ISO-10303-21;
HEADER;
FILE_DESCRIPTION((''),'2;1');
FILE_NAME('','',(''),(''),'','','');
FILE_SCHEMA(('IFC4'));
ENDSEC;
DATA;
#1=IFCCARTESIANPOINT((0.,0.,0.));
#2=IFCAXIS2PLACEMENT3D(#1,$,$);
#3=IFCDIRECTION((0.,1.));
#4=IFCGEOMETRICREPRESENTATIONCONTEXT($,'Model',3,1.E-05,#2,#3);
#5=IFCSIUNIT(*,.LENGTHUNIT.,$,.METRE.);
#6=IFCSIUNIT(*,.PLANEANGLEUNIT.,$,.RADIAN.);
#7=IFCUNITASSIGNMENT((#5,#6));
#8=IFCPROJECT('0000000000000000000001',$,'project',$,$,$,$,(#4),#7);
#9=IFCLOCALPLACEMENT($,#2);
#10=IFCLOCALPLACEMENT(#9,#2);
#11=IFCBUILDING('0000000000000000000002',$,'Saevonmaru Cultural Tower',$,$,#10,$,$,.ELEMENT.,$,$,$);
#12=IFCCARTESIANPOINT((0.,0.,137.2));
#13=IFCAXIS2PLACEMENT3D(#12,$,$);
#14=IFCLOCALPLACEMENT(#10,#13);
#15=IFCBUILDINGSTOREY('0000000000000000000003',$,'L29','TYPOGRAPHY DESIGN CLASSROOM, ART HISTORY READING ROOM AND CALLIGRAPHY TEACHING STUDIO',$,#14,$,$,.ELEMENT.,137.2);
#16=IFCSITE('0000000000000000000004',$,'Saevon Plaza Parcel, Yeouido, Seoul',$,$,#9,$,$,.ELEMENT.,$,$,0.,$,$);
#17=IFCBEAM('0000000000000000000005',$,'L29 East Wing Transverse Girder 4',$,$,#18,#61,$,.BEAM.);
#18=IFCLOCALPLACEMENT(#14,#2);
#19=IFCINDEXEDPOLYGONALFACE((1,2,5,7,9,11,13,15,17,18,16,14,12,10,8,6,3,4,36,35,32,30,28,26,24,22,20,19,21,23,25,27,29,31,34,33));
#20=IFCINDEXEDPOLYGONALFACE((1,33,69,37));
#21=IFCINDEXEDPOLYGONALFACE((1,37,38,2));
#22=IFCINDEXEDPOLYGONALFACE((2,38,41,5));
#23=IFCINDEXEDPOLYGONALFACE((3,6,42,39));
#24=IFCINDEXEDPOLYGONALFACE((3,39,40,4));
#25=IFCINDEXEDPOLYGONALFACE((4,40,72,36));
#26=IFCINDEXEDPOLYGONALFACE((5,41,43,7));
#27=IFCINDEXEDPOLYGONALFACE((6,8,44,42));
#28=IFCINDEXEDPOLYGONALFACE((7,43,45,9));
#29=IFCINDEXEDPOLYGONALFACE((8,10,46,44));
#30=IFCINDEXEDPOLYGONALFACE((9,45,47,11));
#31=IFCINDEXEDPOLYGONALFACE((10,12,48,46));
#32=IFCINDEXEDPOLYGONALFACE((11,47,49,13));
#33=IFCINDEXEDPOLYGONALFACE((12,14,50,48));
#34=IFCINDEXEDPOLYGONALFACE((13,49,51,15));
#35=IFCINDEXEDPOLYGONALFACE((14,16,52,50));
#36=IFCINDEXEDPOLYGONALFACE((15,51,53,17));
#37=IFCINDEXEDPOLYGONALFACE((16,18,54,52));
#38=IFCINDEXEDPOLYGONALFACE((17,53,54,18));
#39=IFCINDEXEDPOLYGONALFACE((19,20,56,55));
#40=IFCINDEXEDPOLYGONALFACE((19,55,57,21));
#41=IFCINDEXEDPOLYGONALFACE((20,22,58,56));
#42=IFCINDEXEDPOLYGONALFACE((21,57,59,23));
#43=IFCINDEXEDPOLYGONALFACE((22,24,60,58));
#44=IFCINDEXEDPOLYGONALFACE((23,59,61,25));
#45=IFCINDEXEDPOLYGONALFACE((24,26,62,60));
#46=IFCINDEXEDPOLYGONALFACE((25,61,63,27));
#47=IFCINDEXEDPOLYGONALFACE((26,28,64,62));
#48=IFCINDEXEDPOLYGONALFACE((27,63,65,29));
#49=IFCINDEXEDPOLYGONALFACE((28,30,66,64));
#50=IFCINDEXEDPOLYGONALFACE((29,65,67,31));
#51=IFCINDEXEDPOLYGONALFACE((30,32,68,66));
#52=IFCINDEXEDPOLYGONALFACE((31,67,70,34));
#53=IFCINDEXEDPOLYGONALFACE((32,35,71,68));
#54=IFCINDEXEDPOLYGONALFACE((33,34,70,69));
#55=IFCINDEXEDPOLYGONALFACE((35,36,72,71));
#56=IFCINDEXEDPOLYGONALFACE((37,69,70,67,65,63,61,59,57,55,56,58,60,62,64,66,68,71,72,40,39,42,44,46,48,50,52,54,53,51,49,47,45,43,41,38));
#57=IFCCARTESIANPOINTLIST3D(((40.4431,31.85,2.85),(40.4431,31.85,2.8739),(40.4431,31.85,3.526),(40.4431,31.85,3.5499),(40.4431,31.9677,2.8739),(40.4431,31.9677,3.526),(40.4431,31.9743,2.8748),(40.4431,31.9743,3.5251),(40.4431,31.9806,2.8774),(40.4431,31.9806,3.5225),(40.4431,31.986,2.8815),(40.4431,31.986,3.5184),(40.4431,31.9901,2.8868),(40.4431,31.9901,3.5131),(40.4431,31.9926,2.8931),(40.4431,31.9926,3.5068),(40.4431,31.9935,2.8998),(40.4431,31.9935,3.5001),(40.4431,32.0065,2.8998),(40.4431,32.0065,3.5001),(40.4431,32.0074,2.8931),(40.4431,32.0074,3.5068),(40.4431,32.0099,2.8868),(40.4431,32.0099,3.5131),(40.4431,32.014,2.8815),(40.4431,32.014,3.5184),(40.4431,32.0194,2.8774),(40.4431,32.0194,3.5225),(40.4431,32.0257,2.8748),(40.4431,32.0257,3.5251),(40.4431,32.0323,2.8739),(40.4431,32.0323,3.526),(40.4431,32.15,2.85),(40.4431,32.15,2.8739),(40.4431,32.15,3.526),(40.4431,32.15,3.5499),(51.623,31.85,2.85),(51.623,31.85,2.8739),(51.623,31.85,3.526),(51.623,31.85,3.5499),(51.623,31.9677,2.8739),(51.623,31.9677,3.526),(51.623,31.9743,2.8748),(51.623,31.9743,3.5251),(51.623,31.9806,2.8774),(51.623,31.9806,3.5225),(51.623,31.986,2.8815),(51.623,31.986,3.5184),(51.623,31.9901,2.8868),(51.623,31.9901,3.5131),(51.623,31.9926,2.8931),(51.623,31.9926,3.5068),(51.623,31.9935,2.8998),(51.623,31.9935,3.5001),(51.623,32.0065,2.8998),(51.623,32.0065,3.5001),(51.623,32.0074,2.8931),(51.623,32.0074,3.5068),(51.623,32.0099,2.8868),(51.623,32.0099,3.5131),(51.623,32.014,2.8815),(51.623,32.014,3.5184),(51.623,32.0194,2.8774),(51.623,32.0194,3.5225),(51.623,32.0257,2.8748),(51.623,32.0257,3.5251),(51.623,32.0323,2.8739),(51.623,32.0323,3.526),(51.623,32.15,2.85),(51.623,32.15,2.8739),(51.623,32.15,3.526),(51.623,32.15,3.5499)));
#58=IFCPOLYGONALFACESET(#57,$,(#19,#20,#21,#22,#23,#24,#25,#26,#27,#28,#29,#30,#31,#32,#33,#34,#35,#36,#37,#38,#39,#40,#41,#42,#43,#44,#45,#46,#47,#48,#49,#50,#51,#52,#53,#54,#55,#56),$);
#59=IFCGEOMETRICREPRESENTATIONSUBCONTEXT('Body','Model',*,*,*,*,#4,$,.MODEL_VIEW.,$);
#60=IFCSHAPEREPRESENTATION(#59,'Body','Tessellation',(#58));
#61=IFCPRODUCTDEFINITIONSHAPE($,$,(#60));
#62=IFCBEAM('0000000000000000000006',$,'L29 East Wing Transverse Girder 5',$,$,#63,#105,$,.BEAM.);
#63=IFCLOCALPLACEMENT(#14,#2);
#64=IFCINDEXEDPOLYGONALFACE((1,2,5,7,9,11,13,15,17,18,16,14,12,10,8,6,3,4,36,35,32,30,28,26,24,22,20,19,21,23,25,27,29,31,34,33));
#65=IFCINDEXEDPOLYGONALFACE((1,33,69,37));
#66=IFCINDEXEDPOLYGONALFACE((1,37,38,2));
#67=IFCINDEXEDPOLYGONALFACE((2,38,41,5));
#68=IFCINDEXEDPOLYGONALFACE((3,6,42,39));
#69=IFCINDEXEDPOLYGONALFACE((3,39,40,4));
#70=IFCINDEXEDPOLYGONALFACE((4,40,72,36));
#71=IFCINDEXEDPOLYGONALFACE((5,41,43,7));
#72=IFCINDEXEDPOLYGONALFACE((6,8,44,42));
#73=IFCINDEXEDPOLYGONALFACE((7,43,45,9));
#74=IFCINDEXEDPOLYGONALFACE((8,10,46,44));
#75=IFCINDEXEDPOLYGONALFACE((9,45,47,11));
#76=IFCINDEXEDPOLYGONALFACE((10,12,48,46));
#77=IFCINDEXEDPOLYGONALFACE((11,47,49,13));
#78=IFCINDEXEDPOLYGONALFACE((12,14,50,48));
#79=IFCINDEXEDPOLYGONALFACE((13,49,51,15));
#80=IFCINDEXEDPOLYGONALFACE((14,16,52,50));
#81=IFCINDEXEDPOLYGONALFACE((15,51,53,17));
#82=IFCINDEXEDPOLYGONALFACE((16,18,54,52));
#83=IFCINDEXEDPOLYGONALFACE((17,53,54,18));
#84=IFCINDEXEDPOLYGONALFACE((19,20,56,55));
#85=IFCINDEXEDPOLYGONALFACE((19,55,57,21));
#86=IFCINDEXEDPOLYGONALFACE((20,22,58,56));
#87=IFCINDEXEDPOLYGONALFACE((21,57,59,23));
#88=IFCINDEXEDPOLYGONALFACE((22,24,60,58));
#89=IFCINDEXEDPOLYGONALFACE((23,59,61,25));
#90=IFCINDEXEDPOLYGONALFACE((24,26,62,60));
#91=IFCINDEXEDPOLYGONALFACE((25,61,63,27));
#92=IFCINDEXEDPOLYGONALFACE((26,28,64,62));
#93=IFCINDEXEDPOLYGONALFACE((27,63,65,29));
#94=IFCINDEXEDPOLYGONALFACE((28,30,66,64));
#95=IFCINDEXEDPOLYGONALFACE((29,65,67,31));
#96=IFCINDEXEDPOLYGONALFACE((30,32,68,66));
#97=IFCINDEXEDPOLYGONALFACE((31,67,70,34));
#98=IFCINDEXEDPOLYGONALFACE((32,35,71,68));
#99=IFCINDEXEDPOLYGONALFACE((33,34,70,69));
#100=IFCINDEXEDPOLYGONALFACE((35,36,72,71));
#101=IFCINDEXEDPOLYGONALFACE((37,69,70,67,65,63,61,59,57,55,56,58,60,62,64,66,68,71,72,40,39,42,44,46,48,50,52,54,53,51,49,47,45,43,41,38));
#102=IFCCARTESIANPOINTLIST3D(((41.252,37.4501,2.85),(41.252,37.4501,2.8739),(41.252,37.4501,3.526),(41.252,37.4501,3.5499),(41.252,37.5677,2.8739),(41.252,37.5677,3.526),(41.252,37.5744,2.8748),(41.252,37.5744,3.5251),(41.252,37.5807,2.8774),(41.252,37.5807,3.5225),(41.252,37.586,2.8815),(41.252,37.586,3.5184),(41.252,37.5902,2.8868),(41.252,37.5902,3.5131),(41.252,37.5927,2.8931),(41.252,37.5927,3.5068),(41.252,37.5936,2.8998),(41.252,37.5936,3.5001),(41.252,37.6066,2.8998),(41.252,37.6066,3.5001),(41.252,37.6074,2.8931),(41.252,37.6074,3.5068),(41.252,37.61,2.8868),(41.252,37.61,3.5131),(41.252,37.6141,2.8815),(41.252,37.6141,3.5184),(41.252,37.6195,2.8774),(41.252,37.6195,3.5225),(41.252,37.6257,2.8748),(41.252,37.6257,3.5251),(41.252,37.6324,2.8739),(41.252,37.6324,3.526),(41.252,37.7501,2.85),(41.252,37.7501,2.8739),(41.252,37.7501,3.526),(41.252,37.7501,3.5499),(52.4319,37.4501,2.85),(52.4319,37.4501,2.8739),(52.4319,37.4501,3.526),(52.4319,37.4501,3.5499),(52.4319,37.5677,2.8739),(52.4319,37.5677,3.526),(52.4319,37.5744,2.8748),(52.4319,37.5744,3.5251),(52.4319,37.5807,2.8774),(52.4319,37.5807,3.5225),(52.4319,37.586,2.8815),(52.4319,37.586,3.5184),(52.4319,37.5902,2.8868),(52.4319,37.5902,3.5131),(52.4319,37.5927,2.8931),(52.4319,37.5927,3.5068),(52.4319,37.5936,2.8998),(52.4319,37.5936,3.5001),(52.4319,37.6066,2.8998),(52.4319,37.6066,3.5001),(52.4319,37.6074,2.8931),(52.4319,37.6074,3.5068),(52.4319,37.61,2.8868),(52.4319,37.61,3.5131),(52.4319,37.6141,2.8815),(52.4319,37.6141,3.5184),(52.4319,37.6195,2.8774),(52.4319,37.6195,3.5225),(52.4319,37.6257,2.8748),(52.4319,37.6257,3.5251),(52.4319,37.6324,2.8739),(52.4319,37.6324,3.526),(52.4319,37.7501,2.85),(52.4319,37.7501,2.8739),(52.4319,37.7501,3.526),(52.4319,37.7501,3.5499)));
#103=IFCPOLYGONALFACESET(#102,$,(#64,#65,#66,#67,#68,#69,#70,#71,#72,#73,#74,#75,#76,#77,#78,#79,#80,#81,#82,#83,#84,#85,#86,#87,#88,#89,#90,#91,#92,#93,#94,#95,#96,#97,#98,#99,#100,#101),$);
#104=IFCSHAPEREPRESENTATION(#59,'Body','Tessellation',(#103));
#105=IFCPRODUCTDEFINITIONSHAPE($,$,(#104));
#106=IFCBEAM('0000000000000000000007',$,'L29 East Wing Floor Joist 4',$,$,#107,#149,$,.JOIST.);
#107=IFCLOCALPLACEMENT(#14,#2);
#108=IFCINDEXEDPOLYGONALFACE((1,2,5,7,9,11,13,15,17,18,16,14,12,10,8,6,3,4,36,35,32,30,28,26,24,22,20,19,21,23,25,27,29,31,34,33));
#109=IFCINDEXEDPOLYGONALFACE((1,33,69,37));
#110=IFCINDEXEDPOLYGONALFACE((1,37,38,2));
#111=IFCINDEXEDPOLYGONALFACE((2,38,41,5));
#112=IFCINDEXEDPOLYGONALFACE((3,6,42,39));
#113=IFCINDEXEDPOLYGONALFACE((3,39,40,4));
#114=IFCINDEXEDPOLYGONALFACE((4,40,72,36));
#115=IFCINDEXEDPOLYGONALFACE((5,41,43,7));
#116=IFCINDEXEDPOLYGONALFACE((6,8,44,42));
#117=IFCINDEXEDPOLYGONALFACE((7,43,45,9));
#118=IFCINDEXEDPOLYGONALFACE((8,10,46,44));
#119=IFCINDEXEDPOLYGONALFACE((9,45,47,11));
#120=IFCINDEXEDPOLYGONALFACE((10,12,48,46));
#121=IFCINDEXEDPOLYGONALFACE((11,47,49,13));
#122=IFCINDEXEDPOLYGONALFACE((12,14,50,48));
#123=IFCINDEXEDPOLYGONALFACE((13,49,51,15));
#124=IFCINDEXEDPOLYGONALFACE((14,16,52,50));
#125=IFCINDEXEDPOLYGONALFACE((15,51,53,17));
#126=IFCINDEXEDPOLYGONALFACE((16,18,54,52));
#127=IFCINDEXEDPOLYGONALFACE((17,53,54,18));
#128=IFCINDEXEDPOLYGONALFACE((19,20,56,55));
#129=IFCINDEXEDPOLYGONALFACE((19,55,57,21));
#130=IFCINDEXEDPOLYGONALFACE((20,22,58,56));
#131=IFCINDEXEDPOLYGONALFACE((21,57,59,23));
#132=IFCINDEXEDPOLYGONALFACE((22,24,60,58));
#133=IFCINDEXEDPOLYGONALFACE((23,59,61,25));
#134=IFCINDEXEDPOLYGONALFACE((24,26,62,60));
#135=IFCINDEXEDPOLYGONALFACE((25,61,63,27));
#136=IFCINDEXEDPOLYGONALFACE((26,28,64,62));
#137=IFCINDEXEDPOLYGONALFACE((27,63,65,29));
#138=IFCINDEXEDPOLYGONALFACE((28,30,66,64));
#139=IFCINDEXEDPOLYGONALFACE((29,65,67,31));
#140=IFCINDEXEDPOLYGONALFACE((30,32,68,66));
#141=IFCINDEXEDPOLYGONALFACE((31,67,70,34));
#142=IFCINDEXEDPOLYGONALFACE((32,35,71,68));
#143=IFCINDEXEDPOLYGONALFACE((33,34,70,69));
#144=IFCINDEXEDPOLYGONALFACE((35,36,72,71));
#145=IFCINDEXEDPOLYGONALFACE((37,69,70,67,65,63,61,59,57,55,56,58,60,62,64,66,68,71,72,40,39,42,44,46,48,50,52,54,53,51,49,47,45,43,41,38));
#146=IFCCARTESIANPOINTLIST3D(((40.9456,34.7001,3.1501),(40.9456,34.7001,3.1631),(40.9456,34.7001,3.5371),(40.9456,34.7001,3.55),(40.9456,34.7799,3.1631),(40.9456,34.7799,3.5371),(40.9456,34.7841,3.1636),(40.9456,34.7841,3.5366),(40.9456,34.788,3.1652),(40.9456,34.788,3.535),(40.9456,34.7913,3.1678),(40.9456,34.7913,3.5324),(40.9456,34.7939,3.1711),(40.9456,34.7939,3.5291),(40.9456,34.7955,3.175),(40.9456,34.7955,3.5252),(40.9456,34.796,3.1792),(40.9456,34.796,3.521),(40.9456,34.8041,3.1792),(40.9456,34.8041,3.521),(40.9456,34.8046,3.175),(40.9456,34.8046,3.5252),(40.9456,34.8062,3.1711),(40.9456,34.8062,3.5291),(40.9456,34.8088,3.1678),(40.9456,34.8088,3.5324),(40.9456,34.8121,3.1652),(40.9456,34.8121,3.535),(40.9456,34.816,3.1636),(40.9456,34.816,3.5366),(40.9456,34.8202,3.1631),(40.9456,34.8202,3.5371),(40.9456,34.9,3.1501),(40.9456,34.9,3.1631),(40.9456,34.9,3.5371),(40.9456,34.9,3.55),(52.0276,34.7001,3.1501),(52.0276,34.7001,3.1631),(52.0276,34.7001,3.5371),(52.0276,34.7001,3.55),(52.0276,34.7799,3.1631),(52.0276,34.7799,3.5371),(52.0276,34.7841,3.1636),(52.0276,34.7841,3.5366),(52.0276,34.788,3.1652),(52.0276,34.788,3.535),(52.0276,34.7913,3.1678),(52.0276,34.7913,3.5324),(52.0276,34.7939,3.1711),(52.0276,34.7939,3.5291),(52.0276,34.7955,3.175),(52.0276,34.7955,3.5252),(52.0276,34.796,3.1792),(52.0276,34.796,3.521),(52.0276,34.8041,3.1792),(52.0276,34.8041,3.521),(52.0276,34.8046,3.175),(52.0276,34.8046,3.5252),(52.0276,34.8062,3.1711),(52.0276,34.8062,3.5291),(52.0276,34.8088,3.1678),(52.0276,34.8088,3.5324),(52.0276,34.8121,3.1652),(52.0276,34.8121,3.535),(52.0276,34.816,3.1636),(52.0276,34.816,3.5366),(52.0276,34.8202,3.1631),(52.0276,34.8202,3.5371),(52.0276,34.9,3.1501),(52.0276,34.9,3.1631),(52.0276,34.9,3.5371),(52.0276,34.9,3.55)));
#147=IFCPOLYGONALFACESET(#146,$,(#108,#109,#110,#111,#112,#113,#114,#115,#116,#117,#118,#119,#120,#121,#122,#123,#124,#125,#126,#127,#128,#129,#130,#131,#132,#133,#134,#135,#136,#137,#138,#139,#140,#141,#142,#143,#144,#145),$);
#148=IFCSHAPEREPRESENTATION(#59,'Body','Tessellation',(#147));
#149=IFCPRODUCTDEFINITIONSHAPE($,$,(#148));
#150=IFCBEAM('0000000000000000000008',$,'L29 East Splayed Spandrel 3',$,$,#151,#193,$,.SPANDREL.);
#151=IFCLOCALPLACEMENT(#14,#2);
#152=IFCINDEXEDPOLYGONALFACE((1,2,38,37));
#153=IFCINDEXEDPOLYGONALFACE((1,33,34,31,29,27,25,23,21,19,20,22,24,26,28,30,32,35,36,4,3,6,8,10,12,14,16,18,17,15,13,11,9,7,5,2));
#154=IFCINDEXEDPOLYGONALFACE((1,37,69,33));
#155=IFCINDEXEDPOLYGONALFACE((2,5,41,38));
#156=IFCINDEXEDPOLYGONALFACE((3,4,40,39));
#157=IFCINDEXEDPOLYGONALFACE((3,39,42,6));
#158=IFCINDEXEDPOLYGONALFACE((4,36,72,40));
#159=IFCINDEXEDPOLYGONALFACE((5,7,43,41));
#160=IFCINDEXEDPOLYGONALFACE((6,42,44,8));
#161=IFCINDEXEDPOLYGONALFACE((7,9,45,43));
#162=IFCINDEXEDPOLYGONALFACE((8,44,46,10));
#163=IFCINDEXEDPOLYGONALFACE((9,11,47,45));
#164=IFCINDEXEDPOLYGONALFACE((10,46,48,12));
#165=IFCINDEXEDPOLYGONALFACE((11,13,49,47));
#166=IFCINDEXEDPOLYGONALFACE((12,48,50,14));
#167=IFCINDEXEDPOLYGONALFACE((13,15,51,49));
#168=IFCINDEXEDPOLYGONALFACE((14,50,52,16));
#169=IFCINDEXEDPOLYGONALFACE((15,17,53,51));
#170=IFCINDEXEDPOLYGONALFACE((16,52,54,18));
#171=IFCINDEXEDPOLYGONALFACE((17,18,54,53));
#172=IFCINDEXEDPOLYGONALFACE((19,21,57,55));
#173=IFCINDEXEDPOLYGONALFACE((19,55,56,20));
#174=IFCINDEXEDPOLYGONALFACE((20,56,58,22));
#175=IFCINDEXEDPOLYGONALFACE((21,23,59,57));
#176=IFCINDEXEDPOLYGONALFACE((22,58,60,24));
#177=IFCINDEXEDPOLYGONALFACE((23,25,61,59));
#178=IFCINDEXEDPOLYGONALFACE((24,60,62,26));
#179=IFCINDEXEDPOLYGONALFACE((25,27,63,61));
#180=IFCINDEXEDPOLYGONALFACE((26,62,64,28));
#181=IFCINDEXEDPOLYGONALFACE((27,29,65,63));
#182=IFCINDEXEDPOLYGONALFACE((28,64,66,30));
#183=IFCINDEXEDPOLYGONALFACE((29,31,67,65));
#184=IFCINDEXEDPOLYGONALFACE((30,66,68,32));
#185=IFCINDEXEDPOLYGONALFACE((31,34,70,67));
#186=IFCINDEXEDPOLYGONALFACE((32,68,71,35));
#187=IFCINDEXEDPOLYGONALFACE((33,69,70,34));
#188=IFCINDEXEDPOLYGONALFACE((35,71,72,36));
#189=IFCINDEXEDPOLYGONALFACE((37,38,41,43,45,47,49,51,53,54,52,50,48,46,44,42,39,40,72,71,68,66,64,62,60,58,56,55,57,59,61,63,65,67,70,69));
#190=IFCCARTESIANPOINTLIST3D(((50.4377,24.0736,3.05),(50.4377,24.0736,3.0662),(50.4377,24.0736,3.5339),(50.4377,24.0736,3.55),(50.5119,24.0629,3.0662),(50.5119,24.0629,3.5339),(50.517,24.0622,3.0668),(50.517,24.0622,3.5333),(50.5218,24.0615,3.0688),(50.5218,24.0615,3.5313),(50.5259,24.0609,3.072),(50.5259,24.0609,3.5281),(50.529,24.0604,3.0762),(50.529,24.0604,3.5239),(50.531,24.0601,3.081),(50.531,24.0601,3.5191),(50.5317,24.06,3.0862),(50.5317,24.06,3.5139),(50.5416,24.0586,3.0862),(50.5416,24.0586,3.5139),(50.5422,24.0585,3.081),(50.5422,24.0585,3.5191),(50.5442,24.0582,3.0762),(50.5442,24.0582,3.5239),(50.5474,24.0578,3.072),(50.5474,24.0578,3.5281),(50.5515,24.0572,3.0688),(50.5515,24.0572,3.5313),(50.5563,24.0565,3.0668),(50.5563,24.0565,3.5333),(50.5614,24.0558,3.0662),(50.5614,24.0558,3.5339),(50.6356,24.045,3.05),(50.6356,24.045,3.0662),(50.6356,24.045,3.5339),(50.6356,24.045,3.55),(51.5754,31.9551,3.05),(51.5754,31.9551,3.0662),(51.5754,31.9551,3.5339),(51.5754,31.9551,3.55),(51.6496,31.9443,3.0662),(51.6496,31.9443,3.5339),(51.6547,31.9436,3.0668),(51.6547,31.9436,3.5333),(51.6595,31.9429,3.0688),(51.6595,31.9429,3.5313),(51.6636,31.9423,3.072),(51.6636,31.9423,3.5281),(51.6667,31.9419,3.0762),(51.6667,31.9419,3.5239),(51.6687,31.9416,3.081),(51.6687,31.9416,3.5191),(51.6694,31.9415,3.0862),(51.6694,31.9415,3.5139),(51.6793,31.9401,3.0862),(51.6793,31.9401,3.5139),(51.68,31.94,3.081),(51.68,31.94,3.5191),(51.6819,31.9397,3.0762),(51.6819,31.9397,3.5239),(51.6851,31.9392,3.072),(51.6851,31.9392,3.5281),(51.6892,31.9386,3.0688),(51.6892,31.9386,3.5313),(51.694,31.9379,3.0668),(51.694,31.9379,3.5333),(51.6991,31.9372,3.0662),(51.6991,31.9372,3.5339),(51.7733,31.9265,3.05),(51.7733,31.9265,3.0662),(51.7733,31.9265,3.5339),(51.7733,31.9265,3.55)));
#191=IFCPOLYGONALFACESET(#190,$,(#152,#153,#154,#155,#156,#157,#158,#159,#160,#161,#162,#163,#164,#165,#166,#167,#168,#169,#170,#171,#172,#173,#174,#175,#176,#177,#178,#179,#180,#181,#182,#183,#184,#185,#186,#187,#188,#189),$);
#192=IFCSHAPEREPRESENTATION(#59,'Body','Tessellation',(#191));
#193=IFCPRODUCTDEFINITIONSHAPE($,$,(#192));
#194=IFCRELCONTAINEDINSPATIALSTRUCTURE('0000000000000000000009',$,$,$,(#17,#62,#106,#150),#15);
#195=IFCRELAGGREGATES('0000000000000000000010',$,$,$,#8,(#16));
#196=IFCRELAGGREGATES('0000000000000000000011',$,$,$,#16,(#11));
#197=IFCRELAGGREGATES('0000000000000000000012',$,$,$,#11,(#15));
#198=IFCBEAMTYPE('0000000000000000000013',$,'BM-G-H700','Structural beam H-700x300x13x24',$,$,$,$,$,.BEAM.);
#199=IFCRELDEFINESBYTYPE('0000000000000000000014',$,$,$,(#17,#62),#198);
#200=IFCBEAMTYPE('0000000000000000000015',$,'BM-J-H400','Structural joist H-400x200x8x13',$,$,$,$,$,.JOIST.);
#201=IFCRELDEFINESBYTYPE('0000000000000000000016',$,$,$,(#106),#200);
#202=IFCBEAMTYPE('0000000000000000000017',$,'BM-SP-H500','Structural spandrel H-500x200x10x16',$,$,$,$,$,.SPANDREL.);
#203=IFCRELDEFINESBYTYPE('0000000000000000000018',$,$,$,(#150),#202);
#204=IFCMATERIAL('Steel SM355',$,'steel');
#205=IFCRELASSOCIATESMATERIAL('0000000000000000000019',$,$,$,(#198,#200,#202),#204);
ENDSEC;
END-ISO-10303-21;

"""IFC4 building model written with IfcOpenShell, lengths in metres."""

from ifc_helpers import new_model, si_unit, direction, frame, origin, origin_2d, place, context, subcontext, project, spatial, i_section, extrude, material, material_profile, profile_set, type_object, element, save


model = new_model("IFC4")

# Units and contexts
model_context = context("Model", 3, precision=1e-05, world=origin(), true_north=direction((0.0, 1.0)))
body_context = subcontext(model_context, "Body", "Model", "MODEL_VIEW")
ifc_project = project(units=[si_unit("LENGTHUNIT", "METRE"), si_unit("PLANEANGLEUNIT", "RADIAN")], contexts=[model_context])

# Site, building, storey
site_placement = place(None, origin())
site = spatial("IfcSite", under=ifc_project, at=site_placement, Name="Saevon Plaza Parcel, Yeouido, Seoul", CompositionType="ELEMENT", RefElevation=0.0)
building_placement = place(site_placement, origin())
building = spatial("IfcBuilding", under=site, at=building_placement, Name="Saevonmaru Cultural Tower", CompositionType="ELEMENT")
storey_placement = place(building_placement, frame((0.0, 0.0, 137.2)))
storey = spatial("IfcBuildingStorey", under=building, at=storey_placement, Name="L29", Description="TYPOGRAPHY DESIGN CLASSROOM, ART HISTORY READING ROOM AND CALLIGRAPHY TEACHING STUDIO", CompositionType="ELEMENT", Elevation=137.2)

# Shared definitions
ifc_material_1 = material(Name="Steel SM355", Category="steel")

# Beams
ifc_material_profile_1 = material_profile(ifc_material_1, i_section(OverallWidth=0.3, OverallDepth=0.7, WebThickness=0.0129, FlangeThickness=0.0239, FilletRadius=0.0259, at=origin_2d()), Name="H-700x300x13x24")
ifc_profile_set_1 = profile_set([ifc_material_profile_1], Name="Steel SM355")
beam_type_1 = type_object("IfcBeamType", Name="BM-G-H700", Description="Structural beam H-700x300x13x24", PredefinedType="BEAM", material=ifc_profile_set_1)
for number, where, z_axis, x_axis, name in (
    (1, (40.4431, 32.0, 3.2), (1.0, 0.0, 0.0), (0.0, 1.0, 0.0), "L29 East Wing Transverse Girder 4"),
    (2, (41.252, 37.6001, 3.2), (1.0, 0.0, 0.0), (0.0, 1.0, 0.0), "L29 East Wing Transverse Girder 5"),
):
    element("IfcBeam", number, at=place(storey_placement, frame(where, z_axis=z_axis, x_axis=x_axis)), inside=storey, type_object=beam_type_1, Name=name, PredefinedType="BEAM", context=body_context, shape_type="SweptSolid", body=[
        extrude(i_section(OverallWidth=0.3, OverallDepth=0.7, WebThickness=0.0129, FlangeThickness=0.0239, FilletRadius=0.0259, at=origin_2d()), origin(), (0.0, 0.0, 1.0), 11.1799),
    ])
ifc_material_profile_2 = material_profile(ifc_material_1, i_section(OverallWidth=0.2, OverallDepth=0.3999, WebThickness=0.0081, FlangeThickness=0.0129, FilletRadius=0.0161, at=origin_2d()), Name="H-400x200x8x13")
ifc_profile_set_2 = profile_set([ifc_material_profile_2], Name="Steel SM355")
beam_type_2 = type_object("IfcBeamType", Name="BM-J-H400", Description="Structural joist H-400x200x8x13", PredefinedType="JOIST", material=ifc_profile_set_2)
beam_1_placement = place(storey_placement, frame((40.9456, 34.8, 3.3501), z_axis=(1.0, 0.0, 0.0), x_axis=(0.0, 1.0, 0.0)))
element("IfcBeam", 3, at=beam_1_placement, inside=storey, type_object=beam_type_2, Name="L29 East Wing Floor Joist 4", PredefinedType="JOIST", context=body_context, shape_type="SweptSolid", body=[
    extrude(i_section(OverallWidth=0.2, OverallDepth=0.3999, WebThickness=0.0081, FlangeThickness=0.0129, FilletRadius=0.0161, at=origin_2d()), origin(), (0.0, 0.0, 1.0), 11.082),
])
ifc_material_profile_3 = material_profile(ifc_material_1, i_section(OverallWidth=0.2, OverallDepth=0.5, WebThickness=0.01, FlangeThickness=0.0161, FilletRadius=0.02, at=origin_2d()), Name="H-500x200x10x16")
ifc_profile_set_3 = profile_set([ifc_material_profile_3], Name="Steel SM355")
beam_type_3 = type_object("IfcBeamType", Name="BM-SP-H500", Description="Structural spandrel H-500x200x10x16", PredefinedType="SPANDREL", material=ifc_profile_set_3)
beam_2_placement = place(storey_placement, frame((50.5366, 24.0593, 3.3), z_axis=(0.142872, 0.989741, 0.0), x_axis=(-0.989741, 0.142872, 0.0)))
element("IfcBeam", 4, at=beam_2_placement, inside=storey, type_object=beam_type_3, Name="L29 East Splayed Spandrel 3", PredefinedType="SPANDREL", context=body_context, shape_type="SweptSolid", body=[
    extrude(i_section(OverallWidth=0.2, OverallDepth=0.5, WebThickness=0.01, FlangeThickness=0.0161, FilletRadius=0.02, at=origin_2d()), origin(), (0.0, 0.0, 1.0), 7.9631),
])

save(model, "model.ifc")
